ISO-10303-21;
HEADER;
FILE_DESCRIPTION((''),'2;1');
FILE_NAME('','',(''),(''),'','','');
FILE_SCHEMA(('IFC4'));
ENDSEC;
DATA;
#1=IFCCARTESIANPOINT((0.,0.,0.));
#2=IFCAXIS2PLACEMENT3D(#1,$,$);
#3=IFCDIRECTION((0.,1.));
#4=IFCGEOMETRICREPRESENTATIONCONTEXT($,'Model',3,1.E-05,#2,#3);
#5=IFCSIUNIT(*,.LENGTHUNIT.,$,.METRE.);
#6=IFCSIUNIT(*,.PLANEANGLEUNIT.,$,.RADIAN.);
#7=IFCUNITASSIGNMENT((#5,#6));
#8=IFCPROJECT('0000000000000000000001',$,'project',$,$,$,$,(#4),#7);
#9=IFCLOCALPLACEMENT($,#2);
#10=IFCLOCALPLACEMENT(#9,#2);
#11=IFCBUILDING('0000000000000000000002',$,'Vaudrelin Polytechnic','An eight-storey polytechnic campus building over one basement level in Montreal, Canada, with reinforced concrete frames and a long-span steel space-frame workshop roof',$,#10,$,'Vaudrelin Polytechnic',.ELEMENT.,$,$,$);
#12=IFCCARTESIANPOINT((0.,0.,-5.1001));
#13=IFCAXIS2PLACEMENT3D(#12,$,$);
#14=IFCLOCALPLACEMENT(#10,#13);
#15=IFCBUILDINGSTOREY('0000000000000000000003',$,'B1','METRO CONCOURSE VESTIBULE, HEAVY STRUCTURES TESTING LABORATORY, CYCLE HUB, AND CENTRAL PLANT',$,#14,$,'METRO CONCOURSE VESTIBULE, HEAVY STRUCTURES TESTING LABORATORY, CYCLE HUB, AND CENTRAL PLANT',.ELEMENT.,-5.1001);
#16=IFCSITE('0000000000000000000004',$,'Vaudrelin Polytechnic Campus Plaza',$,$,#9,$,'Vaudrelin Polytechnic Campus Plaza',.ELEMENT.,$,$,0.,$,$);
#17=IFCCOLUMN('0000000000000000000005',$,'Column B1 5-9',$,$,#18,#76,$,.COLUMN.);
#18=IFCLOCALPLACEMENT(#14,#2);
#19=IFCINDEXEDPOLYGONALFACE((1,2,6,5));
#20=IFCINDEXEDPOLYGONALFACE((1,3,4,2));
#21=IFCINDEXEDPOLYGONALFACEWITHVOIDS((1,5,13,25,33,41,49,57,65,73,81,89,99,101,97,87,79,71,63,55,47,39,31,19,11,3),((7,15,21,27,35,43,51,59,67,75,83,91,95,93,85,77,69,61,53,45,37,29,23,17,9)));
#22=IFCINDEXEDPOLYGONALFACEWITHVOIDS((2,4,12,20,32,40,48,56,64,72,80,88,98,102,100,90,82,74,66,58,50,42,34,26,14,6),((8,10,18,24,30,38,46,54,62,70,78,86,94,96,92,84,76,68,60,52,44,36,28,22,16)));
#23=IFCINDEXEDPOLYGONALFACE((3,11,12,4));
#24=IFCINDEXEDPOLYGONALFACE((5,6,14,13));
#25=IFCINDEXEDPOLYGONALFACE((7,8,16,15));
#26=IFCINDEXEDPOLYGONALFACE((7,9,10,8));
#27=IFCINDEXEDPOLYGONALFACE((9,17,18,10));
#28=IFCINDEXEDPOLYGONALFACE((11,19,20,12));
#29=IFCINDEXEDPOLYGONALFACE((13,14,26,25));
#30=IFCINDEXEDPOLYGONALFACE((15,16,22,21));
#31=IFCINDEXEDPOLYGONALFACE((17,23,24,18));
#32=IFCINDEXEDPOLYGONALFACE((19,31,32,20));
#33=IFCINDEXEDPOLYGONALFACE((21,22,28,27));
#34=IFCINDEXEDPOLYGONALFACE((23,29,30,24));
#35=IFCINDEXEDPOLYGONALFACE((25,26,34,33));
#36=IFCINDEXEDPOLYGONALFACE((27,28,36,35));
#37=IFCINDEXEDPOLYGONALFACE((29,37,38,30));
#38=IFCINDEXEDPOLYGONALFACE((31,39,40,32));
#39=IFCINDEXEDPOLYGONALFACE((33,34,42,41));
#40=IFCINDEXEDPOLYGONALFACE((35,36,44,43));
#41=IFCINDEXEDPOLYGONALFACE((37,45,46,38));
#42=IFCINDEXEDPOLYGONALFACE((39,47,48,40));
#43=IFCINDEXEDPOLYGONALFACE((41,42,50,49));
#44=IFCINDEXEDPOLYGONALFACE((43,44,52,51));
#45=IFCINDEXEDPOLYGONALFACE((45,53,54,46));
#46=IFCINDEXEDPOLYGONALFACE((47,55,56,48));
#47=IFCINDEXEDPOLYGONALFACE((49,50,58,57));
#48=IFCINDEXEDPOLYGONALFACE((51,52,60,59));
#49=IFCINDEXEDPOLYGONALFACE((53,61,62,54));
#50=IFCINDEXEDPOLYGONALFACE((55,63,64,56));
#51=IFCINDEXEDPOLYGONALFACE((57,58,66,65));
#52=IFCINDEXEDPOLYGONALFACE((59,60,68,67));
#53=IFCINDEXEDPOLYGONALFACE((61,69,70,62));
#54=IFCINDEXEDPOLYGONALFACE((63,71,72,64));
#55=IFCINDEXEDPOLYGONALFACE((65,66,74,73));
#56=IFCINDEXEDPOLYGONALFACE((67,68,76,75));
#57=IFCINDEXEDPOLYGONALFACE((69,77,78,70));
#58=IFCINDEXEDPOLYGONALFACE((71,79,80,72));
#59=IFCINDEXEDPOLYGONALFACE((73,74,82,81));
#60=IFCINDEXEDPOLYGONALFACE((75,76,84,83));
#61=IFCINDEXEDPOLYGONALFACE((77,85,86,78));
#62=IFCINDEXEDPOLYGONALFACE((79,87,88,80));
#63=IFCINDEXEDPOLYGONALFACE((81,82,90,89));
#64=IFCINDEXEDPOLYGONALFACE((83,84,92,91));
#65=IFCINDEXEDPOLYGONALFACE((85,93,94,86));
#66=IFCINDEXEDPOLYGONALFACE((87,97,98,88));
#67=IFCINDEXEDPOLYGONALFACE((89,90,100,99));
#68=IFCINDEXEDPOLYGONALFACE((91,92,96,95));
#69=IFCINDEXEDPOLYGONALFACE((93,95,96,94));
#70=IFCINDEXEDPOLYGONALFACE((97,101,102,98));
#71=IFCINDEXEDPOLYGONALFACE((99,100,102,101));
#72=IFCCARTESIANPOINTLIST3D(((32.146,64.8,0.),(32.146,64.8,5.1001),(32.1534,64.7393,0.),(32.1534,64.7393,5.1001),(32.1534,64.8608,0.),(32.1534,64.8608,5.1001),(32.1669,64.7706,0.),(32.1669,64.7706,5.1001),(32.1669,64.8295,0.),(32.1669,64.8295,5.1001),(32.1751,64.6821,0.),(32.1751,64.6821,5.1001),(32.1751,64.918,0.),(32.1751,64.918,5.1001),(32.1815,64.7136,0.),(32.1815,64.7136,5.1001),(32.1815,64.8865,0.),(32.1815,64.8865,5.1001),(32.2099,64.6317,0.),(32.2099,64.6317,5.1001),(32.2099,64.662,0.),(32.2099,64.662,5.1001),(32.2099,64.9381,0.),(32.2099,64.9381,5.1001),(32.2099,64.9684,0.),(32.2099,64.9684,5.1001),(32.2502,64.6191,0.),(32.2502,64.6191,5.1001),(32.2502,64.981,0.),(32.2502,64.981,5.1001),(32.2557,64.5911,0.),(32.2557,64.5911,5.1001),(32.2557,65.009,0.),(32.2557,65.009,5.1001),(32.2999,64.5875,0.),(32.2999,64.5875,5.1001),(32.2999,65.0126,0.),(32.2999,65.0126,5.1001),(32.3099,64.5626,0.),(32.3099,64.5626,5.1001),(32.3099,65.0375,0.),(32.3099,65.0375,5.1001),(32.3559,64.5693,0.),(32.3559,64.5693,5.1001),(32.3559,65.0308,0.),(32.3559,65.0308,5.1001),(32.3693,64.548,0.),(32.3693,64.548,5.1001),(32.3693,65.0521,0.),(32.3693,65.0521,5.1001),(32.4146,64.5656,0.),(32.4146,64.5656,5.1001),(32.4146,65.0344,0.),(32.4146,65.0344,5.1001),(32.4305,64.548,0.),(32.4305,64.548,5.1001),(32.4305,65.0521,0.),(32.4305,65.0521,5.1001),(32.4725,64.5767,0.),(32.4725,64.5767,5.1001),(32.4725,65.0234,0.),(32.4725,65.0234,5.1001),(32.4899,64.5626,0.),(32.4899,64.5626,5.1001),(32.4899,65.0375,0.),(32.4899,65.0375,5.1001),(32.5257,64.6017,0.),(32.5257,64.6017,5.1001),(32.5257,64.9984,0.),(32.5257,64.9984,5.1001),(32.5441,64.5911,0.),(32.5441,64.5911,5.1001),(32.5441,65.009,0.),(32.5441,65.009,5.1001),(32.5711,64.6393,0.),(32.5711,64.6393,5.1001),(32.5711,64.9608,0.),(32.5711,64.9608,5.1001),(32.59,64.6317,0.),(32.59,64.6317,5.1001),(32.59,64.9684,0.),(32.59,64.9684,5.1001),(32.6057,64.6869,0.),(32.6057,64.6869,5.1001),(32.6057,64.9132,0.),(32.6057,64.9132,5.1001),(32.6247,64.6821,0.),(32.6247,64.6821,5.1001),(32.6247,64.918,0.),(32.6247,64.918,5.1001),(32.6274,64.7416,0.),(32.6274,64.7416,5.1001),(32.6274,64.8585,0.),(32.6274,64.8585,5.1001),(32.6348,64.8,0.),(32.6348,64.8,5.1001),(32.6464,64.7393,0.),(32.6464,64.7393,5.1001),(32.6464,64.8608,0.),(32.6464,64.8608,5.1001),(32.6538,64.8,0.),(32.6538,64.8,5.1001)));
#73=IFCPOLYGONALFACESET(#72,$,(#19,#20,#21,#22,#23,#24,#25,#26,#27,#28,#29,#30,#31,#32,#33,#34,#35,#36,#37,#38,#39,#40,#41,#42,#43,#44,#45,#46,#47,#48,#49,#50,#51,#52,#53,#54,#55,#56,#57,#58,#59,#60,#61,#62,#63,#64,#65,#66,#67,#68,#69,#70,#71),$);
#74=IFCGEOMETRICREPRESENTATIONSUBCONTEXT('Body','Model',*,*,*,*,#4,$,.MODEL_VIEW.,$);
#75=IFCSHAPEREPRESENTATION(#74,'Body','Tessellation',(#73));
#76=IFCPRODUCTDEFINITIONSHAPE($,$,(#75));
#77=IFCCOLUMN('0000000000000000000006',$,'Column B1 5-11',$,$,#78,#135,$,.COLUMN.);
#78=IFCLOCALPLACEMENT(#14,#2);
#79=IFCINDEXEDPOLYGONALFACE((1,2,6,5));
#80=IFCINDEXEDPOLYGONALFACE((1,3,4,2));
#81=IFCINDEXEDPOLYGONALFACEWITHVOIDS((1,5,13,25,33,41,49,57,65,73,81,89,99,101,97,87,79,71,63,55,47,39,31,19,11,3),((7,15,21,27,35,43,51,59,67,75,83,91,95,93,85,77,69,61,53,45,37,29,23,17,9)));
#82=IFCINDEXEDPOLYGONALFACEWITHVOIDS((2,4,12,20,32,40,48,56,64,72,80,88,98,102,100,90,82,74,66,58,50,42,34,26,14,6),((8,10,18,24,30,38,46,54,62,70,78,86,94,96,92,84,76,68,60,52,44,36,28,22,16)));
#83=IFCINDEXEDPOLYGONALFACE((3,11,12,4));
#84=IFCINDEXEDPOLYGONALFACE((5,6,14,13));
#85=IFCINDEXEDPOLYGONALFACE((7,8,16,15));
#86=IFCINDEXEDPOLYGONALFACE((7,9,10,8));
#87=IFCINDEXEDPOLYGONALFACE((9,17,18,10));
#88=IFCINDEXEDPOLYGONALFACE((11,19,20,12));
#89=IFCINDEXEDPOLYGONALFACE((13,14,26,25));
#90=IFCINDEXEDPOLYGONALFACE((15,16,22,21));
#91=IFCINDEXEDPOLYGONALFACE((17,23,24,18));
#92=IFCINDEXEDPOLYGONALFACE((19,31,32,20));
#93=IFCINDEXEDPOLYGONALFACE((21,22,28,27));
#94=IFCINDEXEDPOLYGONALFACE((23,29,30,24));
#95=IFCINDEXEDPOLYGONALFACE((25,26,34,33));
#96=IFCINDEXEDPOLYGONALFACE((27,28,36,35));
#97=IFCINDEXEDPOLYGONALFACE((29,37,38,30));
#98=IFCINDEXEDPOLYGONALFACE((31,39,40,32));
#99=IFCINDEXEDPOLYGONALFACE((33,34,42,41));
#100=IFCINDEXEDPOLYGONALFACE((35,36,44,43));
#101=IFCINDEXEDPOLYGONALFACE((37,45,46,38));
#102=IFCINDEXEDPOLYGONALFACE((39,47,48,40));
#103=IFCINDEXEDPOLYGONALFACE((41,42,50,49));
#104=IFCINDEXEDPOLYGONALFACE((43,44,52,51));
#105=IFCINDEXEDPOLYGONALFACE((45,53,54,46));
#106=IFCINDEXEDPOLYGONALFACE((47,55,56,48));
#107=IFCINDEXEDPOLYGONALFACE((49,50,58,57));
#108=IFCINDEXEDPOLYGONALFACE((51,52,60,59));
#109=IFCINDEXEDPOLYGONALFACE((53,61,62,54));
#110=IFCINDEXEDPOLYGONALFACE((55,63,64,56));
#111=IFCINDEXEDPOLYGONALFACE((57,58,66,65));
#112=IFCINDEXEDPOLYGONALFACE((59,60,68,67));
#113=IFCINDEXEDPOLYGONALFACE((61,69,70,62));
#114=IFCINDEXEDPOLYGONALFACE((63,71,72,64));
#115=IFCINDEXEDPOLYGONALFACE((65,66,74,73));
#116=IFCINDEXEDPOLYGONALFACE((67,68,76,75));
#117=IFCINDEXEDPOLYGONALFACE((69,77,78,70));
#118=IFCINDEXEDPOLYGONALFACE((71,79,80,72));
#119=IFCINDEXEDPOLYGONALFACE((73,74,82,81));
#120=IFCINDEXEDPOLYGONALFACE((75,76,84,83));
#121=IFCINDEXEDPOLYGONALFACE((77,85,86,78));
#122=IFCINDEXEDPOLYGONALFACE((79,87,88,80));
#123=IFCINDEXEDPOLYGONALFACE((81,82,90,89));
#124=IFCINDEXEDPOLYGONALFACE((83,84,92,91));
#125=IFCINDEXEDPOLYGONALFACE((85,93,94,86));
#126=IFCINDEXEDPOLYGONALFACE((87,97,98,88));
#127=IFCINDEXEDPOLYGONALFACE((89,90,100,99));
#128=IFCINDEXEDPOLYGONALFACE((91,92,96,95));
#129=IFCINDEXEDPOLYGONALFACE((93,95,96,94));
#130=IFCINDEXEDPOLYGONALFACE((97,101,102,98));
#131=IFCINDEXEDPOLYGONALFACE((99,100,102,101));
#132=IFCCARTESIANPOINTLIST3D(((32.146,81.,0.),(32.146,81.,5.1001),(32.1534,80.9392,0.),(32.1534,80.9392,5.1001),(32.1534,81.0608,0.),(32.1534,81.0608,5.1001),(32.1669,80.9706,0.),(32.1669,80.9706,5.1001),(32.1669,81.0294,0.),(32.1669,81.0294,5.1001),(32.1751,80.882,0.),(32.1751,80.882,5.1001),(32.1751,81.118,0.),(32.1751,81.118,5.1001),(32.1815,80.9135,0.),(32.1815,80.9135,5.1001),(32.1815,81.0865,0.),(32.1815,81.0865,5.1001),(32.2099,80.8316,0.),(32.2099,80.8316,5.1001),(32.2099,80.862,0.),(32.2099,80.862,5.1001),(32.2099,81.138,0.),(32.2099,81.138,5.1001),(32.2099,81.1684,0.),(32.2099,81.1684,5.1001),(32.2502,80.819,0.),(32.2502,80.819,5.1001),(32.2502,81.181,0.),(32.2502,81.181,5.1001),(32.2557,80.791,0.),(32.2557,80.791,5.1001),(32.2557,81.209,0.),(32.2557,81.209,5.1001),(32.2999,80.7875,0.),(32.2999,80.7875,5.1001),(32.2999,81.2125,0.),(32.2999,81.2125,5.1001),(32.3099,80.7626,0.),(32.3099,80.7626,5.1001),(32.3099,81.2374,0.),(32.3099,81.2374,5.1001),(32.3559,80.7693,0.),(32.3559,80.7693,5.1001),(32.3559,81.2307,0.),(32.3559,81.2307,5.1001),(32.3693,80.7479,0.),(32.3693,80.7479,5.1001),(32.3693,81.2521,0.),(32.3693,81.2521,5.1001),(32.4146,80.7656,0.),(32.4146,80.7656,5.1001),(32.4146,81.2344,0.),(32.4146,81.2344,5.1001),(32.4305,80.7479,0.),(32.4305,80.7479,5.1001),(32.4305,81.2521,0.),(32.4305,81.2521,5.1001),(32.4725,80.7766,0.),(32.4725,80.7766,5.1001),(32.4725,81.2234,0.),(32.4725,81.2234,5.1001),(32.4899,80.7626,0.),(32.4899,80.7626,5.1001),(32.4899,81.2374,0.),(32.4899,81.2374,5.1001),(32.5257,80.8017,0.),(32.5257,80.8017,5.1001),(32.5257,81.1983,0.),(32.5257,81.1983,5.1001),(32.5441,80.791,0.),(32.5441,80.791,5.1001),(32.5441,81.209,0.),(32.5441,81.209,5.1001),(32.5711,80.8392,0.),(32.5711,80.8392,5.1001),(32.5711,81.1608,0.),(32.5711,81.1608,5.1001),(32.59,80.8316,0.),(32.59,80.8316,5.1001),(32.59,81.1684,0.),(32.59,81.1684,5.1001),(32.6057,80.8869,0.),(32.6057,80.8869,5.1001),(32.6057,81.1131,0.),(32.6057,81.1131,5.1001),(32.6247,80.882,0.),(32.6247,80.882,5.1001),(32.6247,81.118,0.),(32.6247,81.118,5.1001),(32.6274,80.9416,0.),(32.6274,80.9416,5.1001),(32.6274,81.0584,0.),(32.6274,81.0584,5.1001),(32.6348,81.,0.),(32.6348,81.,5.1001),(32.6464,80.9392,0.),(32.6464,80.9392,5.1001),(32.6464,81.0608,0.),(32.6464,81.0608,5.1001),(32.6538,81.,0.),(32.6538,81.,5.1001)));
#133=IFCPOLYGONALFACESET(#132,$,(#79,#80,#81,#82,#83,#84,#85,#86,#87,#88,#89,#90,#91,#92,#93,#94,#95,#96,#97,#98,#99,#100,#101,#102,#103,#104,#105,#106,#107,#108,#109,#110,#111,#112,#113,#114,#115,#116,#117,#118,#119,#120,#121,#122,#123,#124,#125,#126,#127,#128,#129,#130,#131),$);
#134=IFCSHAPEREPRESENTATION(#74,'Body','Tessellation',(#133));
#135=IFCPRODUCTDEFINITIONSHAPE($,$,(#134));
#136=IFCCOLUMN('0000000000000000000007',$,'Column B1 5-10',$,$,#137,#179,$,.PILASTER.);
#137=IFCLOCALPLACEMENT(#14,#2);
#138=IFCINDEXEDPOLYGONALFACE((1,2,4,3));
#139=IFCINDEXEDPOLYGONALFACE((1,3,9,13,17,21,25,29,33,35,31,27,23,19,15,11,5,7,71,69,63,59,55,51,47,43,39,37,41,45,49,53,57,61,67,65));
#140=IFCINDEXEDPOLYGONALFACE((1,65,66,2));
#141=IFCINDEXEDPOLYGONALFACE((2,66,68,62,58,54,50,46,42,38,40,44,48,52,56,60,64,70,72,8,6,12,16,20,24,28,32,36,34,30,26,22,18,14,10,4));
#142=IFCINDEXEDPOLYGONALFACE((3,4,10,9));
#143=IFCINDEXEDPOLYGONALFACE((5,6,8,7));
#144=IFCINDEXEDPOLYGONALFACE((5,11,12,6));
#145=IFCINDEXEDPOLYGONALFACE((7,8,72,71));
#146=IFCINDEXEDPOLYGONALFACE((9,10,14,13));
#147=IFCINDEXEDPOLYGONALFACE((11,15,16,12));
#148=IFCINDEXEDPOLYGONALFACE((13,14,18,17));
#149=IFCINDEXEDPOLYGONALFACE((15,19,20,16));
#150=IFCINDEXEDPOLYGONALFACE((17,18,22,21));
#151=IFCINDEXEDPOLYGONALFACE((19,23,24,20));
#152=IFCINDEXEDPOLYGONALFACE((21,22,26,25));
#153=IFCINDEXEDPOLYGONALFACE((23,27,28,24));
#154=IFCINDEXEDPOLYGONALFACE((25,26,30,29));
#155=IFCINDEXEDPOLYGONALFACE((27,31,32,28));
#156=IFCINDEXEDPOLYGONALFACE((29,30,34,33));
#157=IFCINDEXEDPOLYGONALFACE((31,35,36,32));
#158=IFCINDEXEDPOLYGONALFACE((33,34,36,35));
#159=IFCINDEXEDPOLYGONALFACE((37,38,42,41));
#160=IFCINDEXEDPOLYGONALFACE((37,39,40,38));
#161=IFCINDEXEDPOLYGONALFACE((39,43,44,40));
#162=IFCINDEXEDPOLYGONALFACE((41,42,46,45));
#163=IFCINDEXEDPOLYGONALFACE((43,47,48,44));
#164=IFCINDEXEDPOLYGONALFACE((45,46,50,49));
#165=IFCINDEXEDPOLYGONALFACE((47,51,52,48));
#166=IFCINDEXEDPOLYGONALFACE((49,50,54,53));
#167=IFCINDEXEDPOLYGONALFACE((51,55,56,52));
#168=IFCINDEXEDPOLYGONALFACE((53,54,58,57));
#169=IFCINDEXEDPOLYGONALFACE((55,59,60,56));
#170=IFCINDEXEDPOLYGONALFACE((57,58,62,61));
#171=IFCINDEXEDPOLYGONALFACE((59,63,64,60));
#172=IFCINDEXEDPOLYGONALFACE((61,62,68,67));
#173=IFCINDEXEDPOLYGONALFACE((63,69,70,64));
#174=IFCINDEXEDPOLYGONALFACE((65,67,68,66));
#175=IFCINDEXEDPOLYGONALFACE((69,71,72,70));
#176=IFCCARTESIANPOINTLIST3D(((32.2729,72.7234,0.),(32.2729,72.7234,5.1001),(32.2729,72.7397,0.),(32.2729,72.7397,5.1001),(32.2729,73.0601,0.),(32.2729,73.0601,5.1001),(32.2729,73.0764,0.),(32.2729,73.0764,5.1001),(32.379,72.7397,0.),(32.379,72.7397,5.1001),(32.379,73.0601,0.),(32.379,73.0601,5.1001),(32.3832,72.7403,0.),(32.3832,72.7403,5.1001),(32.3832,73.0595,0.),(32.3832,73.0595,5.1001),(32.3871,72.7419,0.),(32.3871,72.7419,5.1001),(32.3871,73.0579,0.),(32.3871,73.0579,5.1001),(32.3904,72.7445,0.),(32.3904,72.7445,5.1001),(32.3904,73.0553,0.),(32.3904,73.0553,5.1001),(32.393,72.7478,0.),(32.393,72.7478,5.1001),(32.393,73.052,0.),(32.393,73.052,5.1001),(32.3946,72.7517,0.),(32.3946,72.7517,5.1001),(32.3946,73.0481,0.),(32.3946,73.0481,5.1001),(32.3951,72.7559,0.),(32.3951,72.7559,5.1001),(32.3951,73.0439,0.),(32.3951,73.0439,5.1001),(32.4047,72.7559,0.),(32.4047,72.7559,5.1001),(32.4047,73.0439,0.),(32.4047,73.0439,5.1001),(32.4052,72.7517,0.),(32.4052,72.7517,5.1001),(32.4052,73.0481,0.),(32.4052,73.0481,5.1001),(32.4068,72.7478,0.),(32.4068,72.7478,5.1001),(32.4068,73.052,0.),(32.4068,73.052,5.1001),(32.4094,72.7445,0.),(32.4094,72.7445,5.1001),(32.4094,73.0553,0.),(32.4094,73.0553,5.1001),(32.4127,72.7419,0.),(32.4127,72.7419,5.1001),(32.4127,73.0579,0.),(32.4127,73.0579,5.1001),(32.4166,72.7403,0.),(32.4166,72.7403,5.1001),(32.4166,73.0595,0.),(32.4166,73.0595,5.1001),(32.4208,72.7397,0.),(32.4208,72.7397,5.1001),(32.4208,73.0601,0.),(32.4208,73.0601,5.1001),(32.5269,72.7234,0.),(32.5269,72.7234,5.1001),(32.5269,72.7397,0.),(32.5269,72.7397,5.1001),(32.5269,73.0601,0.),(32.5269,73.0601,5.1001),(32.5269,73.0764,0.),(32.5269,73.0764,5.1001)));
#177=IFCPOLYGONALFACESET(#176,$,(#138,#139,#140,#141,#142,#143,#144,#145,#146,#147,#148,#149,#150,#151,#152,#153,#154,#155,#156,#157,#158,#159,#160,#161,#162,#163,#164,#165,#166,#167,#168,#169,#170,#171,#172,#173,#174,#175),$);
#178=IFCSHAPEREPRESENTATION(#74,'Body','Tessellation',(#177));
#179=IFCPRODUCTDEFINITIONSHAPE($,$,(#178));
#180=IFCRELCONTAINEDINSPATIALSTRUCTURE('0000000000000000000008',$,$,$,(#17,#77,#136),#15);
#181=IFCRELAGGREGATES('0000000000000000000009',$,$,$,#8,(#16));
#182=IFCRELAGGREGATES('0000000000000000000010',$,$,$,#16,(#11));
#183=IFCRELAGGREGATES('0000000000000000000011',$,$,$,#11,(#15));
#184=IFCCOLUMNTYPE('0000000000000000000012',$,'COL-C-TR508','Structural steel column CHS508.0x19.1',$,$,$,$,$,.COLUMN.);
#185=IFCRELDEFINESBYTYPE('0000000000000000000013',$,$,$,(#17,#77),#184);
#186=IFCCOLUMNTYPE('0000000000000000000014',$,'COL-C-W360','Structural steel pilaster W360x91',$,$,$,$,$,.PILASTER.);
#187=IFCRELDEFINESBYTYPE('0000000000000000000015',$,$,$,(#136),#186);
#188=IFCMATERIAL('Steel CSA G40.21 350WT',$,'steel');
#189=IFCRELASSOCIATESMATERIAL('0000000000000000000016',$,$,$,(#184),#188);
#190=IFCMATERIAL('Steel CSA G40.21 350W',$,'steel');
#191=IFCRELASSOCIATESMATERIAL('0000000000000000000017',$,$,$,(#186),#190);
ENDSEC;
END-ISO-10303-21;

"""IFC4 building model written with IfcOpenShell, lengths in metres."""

from ifc_helpers import new_model, si_unit, direction, frame, origin, origin_2d, place, context, subcontext, project, spatial, hollow_circle, i_section, extrude, material, material_profile, profile_set, type_object, element, save


model = new_model("IFC4")

# Units and contexts
model_context = context("Model", 3, precision=1e-05, world=origin(), true_north=direction((0.0, 1.0)))
body_context = subcontext(model_context, "Body", "Model", "MODEL_VIEW")
ifc_project = project(units=[si_unit("LENGTHUNIT", "METRE"), si_unit("PLANEANGLEUNIT", "RADIAN")], contexts=[model_context])

# Site, building, storey
site_placement = place(None, origin())
site = spatial("IfcSite", under=ifc_project, at=site_placement, Name="Vaudrelin Polytechnic Campus Plaza", LongName="Vaudrelin Polytechnic Campus Plaza", CompositionType="ELEMENT", RefElevation=0.0)
building_placement = place(site_placement, origin())
building = spatial("IfcBuilding", under=site, at=building_placement, Name="Vaudrelin Polytechnic", Description="An eight-storey polytechnic campus building over one basement level in Montreal, Canada, with reinforced concrete frames and a long-span steel space-frame workshop roof", LongName="Vaudrelin Polytechnic", CompositionType="ELEMENT")
storey_placement = place(building_placement, frame((0.0, 0.0, -5.1001)))
storey = spatial("IfcBuildingStorey", under=building, at=storey_placement, Name="B1", Description="METRO CONCOURSE VESTIBULE, HEAVY STRUCTURES TESTING LABORATORY, CYCLE HUB, AND CENTRAL PLANT", LongName="METRO CONCOURSE VESTIBULE, HEAVY STRUCTURES TESTING LABORATORY, CYCLE HUB, AND CENTRAL PLANT", CompositionType="ELEMENT", Elevation=-5.1001)

# Columns
ifc_material_1 = material(Name="Steel CSA G40.21 350WT", Category="steel")
ifc_material_profile_1 = material_profile(ifc_material_1, hollow_circle(Radius=0.2539, WallThickness=0.019, at=origin_2d()), Name="CHS508.0x19.1")
ifc_profile_set_1 = profile_set([ifc_material_profile_1], Name="Steel CSA G40.21 350WT")
column_type_1 = type_object("IfcColumnType", Name="COL-C-TR508", Description="Structural steel column CHS508.0x19.1", PredefinedType="COLUMN", material=ifc_profile_set_1)
for number, where, z_axis, x_axis, name in (
    (1, (32.3999, 64.8, 0.0), (0.0, 0.0, 1.0), (1.0, 0.0, 0.0), "Column B1 5-9"),
    (2, (32.3999, 81.0, 0.0), (0.0, 0.0, 1.0), (1.0, 0.0, 0.0), "Column B1 5-11"),
):
    element("IfcColumn", number, at=place(storey_placement, frame(where, z_axis=z_axis, x_axis=x_axis)), inside=storey, type_object=column_type_1, Name=name, PredefinedType="COLUMN", context=body_context, shape_type="SweptSolid", body=[
        extrude(hollow_circle(Radius=0.2539, WallThickness=0.019, at=origin_2d()), origin(), (0.0, 0.0, 1.0), 5.1001),
    ])
ifc_material_2 = material(Name="Steel CSA G40.21 350W", Category="steel")
ifc_material_profile_2 = material_profile(ifc_material_2, i_section(OverallWidth=0.2539, OverallDepth=0.353, WebThickness=0.0095, FlangeThickness=0.0164, FilletRadius=0.0161, at=origin_2d()), Name="W360x91")
ifc_profile_set_2 = profile_set([ifc_material_profile_2], Name="Steel CSA G40.21 350W")
column_type_2 = type_object("IfcColumnType", Name="COL-C-W360", Description="Structural steel pilaster W360x91", PredefinedType="PILASTER", material=ifc_profile_set_2)
for number, where, z_axis, x_axis, name in (
    (3, (32.3999, 72.8999, 0.0), (0.0, 0.0, 1.0), (1.0, 0.0, 0.0), "Column B1 5-10"),
):
    element("IfcColumn", number, at=place(storey_placement, frame(where, z_axis=z_axis, x_axis=x_axis)), inside=storey, type_object=column_type_2, Name=name, PredefinedType="PILASTER", context=body_context, shape_type="SweptSolid", body=[
        extrude(i_section(OverallWidth=0.2539, OverallDepth=0.353, WebThickness=0.0095, FlangeThickness=0.0164, FilletRadius=0.0161, at=origin_2d()), origin(), (0.0, 0.0, 1.0), 5.1001),
    ])

save(model, "model.ifc")
